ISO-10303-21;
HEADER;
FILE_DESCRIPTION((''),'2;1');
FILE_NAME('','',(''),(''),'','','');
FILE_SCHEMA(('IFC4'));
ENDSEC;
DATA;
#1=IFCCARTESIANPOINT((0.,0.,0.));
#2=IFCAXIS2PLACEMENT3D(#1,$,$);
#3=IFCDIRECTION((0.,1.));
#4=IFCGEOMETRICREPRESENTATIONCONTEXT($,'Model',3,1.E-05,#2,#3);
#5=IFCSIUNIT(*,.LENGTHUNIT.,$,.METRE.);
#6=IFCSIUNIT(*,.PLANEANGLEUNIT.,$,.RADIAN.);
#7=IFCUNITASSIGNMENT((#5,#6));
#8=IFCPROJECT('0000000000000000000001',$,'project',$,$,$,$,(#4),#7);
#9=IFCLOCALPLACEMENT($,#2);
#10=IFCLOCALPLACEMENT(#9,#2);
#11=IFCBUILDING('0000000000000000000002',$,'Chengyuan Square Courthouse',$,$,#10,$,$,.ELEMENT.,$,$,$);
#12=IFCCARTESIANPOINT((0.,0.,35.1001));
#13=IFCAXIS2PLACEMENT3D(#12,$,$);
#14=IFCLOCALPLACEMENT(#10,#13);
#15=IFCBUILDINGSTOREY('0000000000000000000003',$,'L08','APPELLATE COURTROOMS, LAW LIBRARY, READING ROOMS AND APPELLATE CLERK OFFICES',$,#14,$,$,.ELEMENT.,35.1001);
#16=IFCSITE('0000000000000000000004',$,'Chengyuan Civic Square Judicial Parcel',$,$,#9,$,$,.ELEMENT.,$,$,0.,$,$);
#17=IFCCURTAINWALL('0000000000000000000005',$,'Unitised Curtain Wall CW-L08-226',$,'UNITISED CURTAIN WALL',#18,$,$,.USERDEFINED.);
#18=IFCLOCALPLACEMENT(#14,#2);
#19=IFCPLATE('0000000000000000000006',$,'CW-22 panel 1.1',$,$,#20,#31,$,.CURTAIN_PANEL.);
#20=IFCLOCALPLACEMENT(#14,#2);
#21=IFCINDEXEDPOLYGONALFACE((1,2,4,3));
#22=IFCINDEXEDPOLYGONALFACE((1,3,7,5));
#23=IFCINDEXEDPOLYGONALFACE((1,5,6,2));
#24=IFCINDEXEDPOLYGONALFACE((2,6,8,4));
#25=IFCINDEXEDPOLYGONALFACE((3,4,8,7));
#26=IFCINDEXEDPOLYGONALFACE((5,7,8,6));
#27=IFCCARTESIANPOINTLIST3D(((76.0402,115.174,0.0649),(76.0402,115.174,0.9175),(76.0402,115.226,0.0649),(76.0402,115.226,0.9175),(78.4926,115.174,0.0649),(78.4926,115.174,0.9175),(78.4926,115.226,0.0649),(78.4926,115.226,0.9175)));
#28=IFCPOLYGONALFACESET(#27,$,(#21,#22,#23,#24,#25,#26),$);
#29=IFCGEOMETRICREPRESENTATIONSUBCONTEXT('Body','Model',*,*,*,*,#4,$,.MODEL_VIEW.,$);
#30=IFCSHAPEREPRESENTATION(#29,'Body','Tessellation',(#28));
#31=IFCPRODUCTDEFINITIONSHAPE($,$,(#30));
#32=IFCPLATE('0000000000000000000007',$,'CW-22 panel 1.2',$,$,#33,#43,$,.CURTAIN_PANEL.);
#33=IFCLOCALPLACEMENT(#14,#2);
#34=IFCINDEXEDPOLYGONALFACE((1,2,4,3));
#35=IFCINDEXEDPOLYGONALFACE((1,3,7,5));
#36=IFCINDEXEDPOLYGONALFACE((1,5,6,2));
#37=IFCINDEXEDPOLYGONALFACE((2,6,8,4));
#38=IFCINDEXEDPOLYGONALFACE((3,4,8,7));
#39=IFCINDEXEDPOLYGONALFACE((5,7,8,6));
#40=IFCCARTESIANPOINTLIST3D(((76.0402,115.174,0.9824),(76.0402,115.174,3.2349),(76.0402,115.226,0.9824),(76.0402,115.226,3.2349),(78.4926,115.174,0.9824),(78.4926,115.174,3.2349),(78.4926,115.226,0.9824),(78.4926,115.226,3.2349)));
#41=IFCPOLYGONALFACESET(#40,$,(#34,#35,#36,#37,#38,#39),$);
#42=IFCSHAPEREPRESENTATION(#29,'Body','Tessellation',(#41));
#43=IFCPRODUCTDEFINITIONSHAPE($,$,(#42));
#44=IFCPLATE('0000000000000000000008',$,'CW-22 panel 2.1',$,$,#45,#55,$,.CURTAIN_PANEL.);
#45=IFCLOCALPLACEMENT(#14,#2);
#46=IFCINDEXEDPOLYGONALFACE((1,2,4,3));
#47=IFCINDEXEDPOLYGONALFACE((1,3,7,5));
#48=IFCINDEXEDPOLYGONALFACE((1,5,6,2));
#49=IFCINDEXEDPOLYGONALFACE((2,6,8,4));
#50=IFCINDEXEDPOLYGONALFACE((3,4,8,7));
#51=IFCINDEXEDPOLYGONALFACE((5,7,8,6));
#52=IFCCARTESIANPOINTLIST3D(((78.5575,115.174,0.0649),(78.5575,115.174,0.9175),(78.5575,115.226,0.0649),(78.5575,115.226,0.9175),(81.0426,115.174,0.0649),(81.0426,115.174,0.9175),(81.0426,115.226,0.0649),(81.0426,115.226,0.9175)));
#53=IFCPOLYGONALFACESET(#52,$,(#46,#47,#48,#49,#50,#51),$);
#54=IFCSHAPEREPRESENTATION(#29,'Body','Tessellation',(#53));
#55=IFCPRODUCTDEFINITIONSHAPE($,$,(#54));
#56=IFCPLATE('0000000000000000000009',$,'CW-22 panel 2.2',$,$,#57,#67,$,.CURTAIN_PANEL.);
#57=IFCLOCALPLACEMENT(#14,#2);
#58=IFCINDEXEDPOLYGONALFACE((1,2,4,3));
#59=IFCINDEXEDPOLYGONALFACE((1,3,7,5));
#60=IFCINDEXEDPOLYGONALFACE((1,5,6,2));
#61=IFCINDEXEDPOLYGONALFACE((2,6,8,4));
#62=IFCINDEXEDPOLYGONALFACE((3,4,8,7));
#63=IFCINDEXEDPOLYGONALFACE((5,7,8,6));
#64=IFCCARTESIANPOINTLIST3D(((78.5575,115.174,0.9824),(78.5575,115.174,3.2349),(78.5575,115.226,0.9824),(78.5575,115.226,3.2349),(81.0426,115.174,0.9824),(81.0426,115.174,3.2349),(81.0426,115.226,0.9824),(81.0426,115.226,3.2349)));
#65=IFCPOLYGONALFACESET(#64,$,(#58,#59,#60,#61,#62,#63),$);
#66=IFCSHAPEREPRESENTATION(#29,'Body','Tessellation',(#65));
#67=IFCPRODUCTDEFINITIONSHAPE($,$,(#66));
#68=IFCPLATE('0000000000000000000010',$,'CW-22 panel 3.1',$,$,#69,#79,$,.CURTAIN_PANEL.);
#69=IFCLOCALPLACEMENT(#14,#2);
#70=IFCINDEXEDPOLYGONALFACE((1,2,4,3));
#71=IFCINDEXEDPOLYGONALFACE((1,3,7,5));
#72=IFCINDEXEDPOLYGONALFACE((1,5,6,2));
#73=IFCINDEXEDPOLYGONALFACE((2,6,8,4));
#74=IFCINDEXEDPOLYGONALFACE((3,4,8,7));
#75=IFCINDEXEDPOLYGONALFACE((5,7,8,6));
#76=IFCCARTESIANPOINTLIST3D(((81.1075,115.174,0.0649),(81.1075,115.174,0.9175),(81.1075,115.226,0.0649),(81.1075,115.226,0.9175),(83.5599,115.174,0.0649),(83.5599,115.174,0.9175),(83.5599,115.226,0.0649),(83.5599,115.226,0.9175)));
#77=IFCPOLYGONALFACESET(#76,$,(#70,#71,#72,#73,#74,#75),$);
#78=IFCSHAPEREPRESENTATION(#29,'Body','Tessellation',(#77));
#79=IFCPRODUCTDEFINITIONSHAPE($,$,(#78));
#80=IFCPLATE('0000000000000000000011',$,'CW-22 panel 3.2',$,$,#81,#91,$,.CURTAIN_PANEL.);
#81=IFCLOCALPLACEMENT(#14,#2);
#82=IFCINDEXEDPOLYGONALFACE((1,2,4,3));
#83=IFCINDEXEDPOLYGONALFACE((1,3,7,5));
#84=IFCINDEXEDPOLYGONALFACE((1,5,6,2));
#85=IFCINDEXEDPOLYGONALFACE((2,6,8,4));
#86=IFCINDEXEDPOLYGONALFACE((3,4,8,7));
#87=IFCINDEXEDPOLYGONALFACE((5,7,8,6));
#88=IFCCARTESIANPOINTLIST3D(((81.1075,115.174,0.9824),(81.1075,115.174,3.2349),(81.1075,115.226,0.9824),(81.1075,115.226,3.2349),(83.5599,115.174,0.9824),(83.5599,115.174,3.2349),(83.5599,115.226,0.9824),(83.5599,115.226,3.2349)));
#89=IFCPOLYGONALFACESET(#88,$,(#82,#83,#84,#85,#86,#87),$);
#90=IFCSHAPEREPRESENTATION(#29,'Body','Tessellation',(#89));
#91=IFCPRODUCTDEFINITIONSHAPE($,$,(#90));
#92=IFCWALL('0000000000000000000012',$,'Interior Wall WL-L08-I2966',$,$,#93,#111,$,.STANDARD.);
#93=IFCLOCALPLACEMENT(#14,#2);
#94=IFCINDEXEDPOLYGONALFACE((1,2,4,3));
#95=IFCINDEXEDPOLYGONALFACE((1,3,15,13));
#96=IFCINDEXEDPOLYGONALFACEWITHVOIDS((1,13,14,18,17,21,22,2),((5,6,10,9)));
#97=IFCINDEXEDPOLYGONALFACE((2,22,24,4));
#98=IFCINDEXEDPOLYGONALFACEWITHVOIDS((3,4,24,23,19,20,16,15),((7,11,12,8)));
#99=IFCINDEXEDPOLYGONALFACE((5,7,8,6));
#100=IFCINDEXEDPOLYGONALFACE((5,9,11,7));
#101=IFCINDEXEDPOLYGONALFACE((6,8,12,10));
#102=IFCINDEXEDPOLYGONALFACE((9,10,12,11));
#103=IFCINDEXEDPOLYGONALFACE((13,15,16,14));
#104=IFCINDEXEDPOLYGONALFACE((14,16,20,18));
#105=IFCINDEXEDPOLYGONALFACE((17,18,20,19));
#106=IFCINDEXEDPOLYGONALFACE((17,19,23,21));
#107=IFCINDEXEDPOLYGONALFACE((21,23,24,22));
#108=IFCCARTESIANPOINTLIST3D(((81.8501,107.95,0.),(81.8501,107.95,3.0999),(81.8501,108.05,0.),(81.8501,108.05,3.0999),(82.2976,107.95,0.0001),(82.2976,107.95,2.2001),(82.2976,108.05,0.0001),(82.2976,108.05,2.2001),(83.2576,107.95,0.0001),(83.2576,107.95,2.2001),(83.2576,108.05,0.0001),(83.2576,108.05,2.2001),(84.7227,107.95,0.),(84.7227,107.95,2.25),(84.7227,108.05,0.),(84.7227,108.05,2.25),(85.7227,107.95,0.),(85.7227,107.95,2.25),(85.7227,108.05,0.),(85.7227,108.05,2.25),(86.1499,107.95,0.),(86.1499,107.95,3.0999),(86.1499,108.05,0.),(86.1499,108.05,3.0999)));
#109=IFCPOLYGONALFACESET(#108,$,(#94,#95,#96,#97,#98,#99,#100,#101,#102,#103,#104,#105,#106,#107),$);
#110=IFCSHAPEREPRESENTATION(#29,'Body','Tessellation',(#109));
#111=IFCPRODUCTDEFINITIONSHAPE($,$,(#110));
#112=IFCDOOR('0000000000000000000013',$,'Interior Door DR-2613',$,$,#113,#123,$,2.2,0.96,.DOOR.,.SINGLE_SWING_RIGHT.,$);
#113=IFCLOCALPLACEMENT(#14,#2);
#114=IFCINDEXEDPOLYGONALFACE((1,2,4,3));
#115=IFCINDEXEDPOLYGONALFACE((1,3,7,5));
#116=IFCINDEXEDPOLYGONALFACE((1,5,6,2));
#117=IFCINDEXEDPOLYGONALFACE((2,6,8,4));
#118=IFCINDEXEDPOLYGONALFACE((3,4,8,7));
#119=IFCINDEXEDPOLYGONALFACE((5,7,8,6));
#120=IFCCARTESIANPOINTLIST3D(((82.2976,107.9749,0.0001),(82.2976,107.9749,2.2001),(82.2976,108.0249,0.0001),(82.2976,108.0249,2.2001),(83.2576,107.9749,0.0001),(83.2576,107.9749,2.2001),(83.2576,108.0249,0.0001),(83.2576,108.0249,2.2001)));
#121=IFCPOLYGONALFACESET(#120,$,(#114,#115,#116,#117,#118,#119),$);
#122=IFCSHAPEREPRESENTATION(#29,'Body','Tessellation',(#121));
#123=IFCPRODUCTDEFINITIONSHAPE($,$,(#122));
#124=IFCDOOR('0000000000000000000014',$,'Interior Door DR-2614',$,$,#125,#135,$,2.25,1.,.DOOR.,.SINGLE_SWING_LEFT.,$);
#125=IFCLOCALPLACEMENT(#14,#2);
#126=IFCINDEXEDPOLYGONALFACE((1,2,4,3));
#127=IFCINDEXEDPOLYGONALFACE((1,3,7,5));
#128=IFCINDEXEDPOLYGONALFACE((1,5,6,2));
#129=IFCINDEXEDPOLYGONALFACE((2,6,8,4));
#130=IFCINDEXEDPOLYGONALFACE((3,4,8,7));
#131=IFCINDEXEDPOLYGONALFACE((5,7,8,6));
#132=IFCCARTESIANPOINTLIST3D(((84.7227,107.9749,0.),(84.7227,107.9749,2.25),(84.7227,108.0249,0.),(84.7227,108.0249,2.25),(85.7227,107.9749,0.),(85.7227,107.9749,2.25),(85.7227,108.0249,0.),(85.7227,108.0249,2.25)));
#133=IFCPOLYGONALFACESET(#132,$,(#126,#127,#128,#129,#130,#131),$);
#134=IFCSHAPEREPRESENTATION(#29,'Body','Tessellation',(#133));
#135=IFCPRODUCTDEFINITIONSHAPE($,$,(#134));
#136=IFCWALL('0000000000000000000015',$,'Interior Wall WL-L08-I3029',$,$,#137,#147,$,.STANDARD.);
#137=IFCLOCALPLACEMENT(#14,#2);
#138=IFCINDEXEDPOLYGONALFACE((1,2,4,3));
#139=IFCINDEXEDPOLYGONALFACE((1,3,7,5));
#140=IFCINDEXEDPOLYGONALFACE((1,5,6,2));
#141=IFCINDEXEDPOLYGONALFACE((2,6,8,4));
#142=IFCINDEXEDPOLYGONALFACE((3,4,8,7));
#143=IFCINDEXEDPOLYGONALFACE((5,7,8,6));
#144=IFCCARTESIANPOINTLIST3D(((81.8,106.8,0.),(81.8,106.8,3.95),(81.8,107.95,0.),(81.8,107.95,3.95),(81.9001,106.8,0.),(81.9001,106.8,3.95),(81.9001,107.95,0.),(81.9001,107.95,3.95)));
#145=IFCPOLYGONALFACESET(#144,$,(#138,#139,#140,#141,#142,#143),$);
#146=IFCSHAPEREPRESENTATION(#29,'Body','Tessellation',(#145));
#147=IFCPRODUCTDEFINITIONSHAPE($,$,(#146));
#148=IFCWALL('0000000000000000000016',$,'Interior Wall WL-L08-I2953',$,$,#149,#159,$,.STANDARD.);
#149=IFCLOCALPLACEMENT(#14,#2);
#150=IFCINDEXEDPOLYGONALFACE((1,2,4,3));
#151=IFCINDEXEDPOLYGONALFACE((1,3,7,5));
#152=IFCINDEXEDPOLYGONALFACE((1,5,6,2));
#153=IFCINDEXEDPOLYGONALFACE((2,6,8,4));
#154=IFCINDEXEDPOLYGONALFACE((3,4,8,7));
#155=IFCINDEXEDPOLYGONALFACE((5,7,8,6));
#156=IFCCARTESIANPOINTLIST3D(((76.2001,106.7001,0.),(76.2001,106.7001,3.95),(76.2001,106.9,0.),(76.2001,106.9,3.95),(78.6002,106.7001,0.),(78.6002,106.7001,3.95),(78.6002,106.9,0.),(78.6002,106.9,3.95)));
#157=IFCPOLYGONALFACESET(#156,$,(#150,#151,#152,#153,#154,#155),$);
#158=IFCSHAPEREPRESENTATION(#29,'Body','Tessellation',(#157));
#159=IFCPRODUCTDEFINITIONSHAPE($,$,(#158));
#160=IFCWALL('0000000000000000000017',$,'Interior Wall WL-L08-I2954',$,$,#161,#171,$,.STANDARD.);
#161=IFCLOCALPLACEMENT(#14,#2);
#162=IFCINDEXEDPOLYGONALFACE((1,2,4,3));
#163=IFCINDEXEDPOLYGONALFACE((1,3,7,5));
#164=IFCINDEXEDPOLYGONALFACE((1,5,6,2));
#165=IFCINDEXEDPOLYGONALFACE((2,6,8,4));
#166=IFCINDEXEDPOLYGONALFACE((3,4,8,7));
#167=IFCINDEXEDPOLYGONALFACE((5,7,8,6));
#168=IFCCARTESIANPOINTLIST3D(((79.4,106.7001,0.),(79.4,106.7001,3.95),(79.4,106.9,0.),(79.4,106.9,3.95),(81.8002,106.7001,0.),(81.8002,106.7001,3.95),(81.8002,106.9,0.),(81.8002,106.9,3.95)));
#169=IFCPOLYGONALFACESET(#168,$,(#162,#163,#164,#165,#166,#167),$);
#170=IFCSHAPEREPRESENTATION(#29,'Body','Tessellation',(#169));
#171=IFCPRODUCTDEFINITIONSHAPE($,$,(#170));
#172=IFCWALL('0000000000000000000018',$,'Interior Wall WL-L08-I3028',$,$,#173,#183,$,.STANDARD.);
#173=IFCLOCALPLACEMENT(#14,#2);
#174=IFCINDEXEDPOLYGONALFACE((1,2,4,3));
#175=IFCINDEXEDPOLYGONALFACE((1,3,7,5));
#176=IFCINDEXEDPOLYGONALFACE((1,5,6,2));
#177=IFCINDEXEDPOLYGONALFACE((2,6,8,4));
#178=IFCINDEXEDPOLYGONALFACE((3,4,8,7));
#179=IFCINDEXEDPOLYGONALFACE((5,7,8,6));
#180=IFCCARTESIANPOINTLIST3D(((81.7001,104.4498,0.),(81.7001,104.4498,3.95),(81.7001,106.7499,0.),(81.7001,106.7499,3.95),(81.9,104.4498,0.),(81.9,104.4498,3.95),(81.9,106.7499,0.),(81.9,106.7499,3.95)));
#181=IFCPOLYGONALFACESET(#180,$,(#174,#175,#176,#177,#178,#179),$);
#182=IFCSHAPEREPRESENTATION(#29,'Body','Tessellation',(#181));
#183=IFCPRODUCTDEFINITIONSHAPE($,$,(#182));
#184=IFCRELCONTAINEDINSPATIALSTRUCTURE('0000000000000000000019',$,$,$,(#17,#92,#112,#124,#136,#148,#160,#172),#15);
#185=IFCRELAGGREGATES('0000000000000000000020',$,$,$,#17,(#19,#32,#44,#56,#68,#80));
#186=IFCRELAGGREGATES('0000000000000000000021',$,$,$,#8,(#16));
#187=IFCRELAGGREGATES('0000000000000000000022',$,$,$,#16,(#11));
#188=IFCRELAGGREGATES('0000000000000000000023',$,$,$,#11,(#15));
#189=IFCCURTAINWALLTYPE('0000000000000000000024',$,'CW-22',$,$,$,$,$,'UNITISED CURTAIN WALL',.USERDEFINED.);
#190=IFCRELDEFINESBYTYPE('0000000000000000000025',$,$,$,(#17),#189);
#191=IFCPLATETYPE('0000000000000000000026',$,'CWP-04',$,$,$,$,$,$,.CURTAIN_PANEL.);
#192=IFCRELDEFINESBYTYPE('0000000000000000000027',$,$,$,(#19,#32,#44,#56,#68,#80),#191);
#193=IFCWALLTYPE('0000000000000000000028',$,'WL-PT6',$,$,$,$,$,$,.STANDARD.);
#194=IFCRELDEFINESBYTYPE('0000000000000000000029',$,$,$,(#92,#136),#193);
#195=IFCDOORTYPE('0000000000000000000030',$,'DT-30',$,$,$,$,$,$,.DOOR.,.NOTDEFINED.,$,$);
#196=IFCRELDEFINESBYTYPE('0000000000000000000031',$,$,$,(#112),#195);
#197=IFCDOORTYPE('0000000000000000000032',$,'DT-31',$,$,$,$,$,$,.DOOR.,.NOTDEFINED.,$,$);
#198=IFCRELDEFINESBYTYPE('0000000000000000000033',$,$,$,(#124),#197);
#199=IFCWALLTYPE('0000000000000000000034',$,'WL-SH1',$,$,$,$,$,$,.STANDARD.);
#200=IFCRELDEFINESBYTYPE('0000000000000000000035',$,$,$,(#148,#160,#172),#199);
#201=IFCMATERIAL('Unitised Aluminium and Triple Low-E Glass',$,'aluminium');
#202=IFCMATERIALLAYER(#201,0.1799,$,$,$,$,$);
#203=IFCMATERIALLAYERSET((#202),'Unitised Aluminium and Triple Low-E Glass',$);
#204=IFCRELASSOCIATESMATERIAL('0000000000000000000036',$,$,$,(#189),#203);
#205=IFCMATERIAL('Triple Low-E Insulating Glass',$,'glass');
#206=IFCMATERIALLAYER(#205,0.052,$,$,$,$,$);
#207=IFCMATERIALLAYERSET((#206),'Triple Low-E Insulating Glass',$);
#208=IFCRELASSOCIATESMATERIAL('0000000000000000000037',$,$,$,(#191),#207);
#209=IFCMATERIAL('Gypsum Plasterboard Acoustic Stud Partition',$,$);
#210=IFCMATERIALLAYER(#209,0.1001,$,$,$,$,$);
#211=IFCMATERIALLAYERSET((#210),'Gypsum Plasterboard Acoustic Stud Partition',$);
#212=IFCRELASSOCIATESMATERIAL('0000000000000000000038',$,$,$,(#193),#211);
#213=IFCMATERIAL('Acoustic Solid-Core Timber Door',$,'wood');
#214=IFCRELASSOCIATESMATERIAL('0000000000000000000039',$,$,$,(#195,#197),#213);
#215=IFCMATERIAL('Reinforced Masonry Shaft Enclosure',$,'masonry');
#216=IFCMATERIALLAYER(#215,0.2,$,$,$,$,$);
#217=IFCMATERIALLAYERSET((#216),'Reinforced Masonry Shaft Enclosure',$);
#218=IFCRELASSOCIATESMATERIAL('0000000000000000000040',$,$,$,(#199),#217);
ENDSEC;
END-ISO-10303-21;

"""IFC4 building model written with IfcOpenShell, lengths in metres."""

from ifc_helpers import new_model, si_unit, direction, frame, frame_2d, origin, origin_2d, place, context, subcontext, project, spatial, rectangle, extrude, material, layer, layer_set, type_object, element, fill, aggregate, save


model = new_model("IFC4")

# Units and contexts
model_context = context("Model", 3, precision=1e-05, world=origin(), true_north=direction((0.0, 1.0)))
body_context = subcontext(model_context, "Body", "Model", "MODEL_VIEW")
ifc_project = project(units=[si_unit("LENGTHUNIT", "METRE"), si_unit("PLANEANGLEUNIT", "RADIAN")], contexts=[model_context])

# Site, building, storey
site_placement = place(None, origin())
site = spatial("IfcSite", under=ifc_project, at=site_placement, Name="Chengyuan Civic Square Judicial Parcel", CompositionType="ELEMENT", RefElevation=0.0)
building_placement = place(site_placement, origin())
building = spatial("IfcBuilding", under=site, at=building_placement, Name="Chengyuan Square Courthouse", CompositionType="ELEMENT")
storey_placement = place(building_placement, frame((0.0, 0.0, 35.1001)))
storey = spatial("IfcBuildingStorey", under=building, at=storey_placement, Name="L08", Description="APPELLATE COURTROOMS, LAW LIBRARY, READING ROOMS AND APPELLATE CLERK OFFICES", CompositionType="ELEMENT", Elevation=35.1001)

# Curtain wall, plates
ifc_material_1 = material(Name="Unitised Aluminium and Triple Low-E Glass", Category="aluminium")
ifc_layer_1 = layer(ifc_material_1, 0.1799)
ifc_layer_set_1 = layer_set([ifc_layer_1], Name="Unitised Aluminium and Triple Low-E Glass")
curtain_wall_type = type_object("IfcCurtainWallType", Name="CW-22", ElementType="UNITISED CURTAIN WALL", PredefinedType="USERDEFINED", material=ifc_layer_set_1)
curtain_wall_placement = place(storey_placement, origin())
curtain_wall = element("IfcCurtainWall", 1, at=curtain_wall_placement, inside=storey, type_object=curtain_wall_type, Name="Unitised Curtain Wall CW-L08-226", ObjectType="UNITISED CURTAIN WALL", PredefinedType="USERDEFINED")
ifc_material_2 = material(Name="Triple Low-E Insulating Glass", Category="glass")
ifc_layer_2 = layer(ifc_material_2, 0.052)
ifc_layer_set_2 = layer_set([ifc_layer_2], Name="Triple Low-E Insulating Glass")
plate_type = type_object("IfcPlateType", Name="CWP-04", PredefinedType="CURTAIN_PANEL", material=ifc_layer_set_2)
plate_1_placement = place(storey_placement, frame((77.2664, 115.2, 0.0649), z_axis=(0.0, 0.0, 1.0), x_axis=(1.0, 0.0, 0.0)))
plate_1 = element("IfcPlate", 2, at=plate_1_placement, type_object=plate_type, Name="CW-22 panel 1.1", PredefinedType="CURTAIN_PANEL", context=body_context, shape_type="SweptSolid", body=[
    extrude(rectangle(XDim=2.4524, YDim=0.052, at=origin_2d()), origin(), (0.0, 0.0, 1.0), 0.8525),
])
plate_2_placement = place(storey_placement, frame((77.2664, 115.2, 0.9824), z_axis=(0.0, 0.0, 1.0), x_axis=(1.0, 0.0, 0.0)))
plate_2 = element("IfcPlate", 3, at=plate_2_placement, type_object=plate_type, Name="CW-22 panel 1.2", PredefinedType="CURTAIN_PANEL", context=body_context, shape_type="SweptSolid", body=[
    extrude(rectangle(XDim=2.4524, YDim=0.052, at=origin_2d()), origin(), (0.0, 0.0, 1.0), 2.2524),
])
plate_3_placement = place(storey_placement, frame((79.8, 115.2, 0.0649), z_axis=(0.0, 0.0, 1.0), x_axis=(1.0, 0.0, 0.0)))
plate_3 = element("IfcPlate", 4, at=plate_3_placement, type_object=plate_type, Name="CW-22 panel 2.1", PredefinedType="CURTAIN_PANEL", context=body_context, shape_type="SweptSolid", body=[
    extrude(rectangle(XDim=2.4851, YDim=0.052, at=origin_2d()), origin(), (0.0, 0.0, 1.0), 0.8525),
])
plate_4_placement = place(storey_placement, frame((79.8, 115.2, 0.9824), z_axis=(0.0, 0.0, 1.0), x_axis=(1.0, 0.0, 0.0)))
plate_4 = element("IfcPlate", 5, at=plate_4_placement, type_object=plate_type, Name="CW-22 panel 2.2", PredefinedType="CURTAIN_PANEL", context=body_context, shape_type="SweptSolid", body=[
    extrude(rectangle(XDim=2.4851, YDim=0.052, at=origin_2d()), origin(), (0.0, 0.0, 1.0), 2.2524),
])
plate_5_placement = place(storey_placement, frame((82.3337, 115.2, 0.0649), z_axis=(0.0, 0.0, 1.0), x_axis=(1.0, 0.0, 0.0)))
plate_5 = element("IfcPlate", 6, at=plate_5_placement, type_object=plate_type, Name="CW-22 panel 3.1", PredefinedType="CURTAIN_PANEL", context=body_context, shape_type="SweptSolid", body=[
    extrude(rectangle(XDim=2.4524, YDim=0.052, at=origin_2d()), origin(), (0.0, 0.0, 1.0), 0.8525),
])
plate_6_placement = place(storey_placement, frame((82.3337, 115.2, 0.9824), z_axis=(0.0, 0.0, 1.0), x_axis=(1.0, 0.0, 0.0)))
plate_6 = element("IfcPlate", 7, at=plate_6_placement, type_object=plate_type, Name="CW-22 panel 3.2", PredefinedType="CURTAIN_PANEL", context=body_context, shape_type="SweptSolid", body=[
    extrude(rectangle(XDim=2.4524, YDim=0.052, at=origin_2d()), origin(), (0.0, 0.0, 1.0), 2.2524),
])
aggregate(curtain_wall, [plate_1, plate_2, plate_3, plate_4, plate_5, plate_6])

# Wall, openings, doors
ifc_material_3 = material(Name="Gypsum Plasterboard Acoustic Stud Partition")
ifc_layer_3 = layer(ifc_material_3, 0.1001)
ifc_layer_set_3 = layer_set([ifc_layer_3], Name="Gypsum Plasterboard Acoustic Stud Partition")
wall_type_1 = type_object("IfcWallType", Name="WL-PT6", PredefinedType="STANDARD", material=ifc_layer_set_3)
wall_1_placement = place(storey_placement, frame((81.8501, 108.0, 0.0), z_axis=(0.0, 0.0, 1.0), x_axis=(1.0, 0.0, 0.0)))
wall_1 = element("IfcWall", 8, at=wall_1_placement, inside=storey, type_object=wall_type_1, Name="Interior Wall WL-L08-I2966", PredefinedType="STANDARD", context=body_context, shape_type="SweptSolid", body=[
    extrude(rectangle(XDim=4.2998, YDim=0.1001, at=frame_2d((2.1499, 0.0))), origin(), (0.0, 0.0, 1.0), 3.0999),
])
opening_1_placement = place(wall_1_placement, frame((0.4475, 0.0, 0.0)))
opening_1 = element("IfcOpeningElement", 9, at=opening_1_placement, cuts=wall_1, PredefinedType="OPENING", context=body_context, shape_type="SweptSolid", body=[
    extrude(rectangle(XDim=0.96, YDim=2.2, at=frame_2d((0.48, 1.1001))), frame((0.0, 0.062, 0.0), z_axis=(0.0, -1.0, 0.0), x_axis=(1.0, 0.0, 0.0)), (0.0, 0.0, 1.0), 0.124),
])
opening_2_placement = place(wall_1_placement, frame((2.8726, 0.0, 0.0)))
opening_2 = element("IfcOpeningElement", 10, at=opening_2_placement, cuts=wall_1, PredefinedType="OPENING", context=body_context, shape_type="SweptSolid", body=[
    extrude(rectangle(XDim=1.0, YDim=2.25, at=frame_2d((0.5, 1.125))), frame((0.0, 0.062, 0.0), z_axis=(0.0, -1.0, 0.0), x_axis=(1.0, 0.0, 0.0)), (0.0, 0.0, 1.0), 0.124),
])
ifc_material_4 = material(Name="Acoustic Solid-Core Timber Door", Category="wood")
door_type_1 = type_object("IfcDoorType", Name="DT-30", OperationType="NOTDEFINED", PredefinedType="DOOR", material=ifc_material_4)
door_1_placement = place(opening_1_placement, origin())
door_1 = element("IfcDoor", 11, at=door_1_placement, inside=storey, type_object=door_type_1, Name="Interior Door DR-2613", OperationType="SINGLE_SWING_RIGHT", OverallHeight=2.2, OverallWidth=0.96, PredefinedType="DOOR", context=body_context, shape_type="SweptSolid", body=[
    extrude(rectangle(XDim=0.96, YDim=2.2, at=frame_2d((0.48, 1.1001))), frame((0.0, 0.0249, 0.0), z_axis=(0.0, -1.0, 0.0), x_axis=(1.0, 0.0, 0.0)), (0.0, 0.0, 1.0), 0.05),
])
fill(opening_1, door_1)
door_type_2 = type_object("IfcDoorType", Name="DT-31", OperationType="NOTDEFINED", PredefinedType="DOOR", material=ifc_material_4)
door_2_placement = place(opening_2_placement, origin())
door_2 = element("IfcDoor", 12, at=door_2_placement, inside=storey, type_object=door_type_2, Name="Interior Door DR-2614", OperationType="SINGLE_SWING_LEFT", OverallHeight=2.25, OverallWidth=1.0, PredefinedType="DOOR", context=body_context, shape_type="SweptSolid", body=[
    extrude(rectangle(XDim=1.0, YDim=2.25, at=frame_2d((0.5, 1.125))), frame((0.0, 0.0249, 0.0), z_axis=(0.0, -1.0, 0.0), x_axis=(1.0, 0.0, 0.0)), (0.0, 0.0, 1.0), 0.05),
])
fill(opening_2, door_2)

# Walls
wall_2_placement = place(storey_placement, frame((81.8501, 106.8, 0.0), z_axis=(0.0, 0.0, 1.0), x_axis=(0.0, 1.0, 0.0)))
element("IfcWall", 13, at=wall_2_placement, inside=storey, type_object=wall_type_1, Name="Interior Wall WL-L08-I3029", PredefinedType="STANDARD", context=body_context, shape_type="SweptSolid", body=[
    extrude(rectangle(XDim=1.1499, YDim=0.1001, at=frame_2d((0.575, 0.0))), origin(), (0.0, 0.0, 1.0), 3.95),
])
ifc_material_5 = material(Name="Reinforced Masonry Shaft Enclosure", Category="masonry")
ifc_layer_4 = layer(ifc_material_5, 0.2)
ifc_layer_set_4 = layer_set([ifc_layer_4], Name="Reinforced Masonry Shaft Enclosure")
wall_type_2 = type_object("IfcWallType", Name="WL-SH1", PredefinedType="STANDARD", material=ifc_layer_set_4)
for number, where, z_axis, x_axis, name in (
    (14, (76.2, 106.8, 0.0), (0.0, 0.0, 1.0), (1.0, 0.0, 0.0), "Interior Wall WL-L08-I2953"),
    (15, (79.3999, 106.8, 0.0), (0.0, 0.0, 1.0), (1.0, 0.0, 0.0), "Interior Wall WL-L08-I2954"),
):
    element("IfcWall", number, at=place(storey_placement, frame(where, z_axis=z_axis, x_axis=x_axis)), inside=storey, type_object=wall_type_2, Name=name, PredefinedType="STANDARD", context=body_context, shape_type="SweptSolid", body=[
        extrude(rectangle(XDim=2.4001, YDim=0.2, at=frame_2d((1.2002, 0.0))), origin(), (0.0, 0.0, 1.0), 3.95),
    ])
wall_3_placement = place(storey_placement, frame((81.8, 104.45, 0.0), z_axis=(0.0, 0.0, 1.0), x_axis=(0.0, 1.0, 0.0)))
element("IfcWall", 16, at=wall_3_placement, inside=storey, type_object=wall_type_2, Name="Interior Wall WL-L08-I3028", PredefinedType="STANDARD", context=body_context, shape_type="SweptSolid", body=[
    extrude(rectangle(XDim=2.3, YDim=0.2, at=frame_2d((1.1499, 0.0))), origin(), (0.0, 0.0, 1.0), 3.95),
])

save(model, "model.ifc")
